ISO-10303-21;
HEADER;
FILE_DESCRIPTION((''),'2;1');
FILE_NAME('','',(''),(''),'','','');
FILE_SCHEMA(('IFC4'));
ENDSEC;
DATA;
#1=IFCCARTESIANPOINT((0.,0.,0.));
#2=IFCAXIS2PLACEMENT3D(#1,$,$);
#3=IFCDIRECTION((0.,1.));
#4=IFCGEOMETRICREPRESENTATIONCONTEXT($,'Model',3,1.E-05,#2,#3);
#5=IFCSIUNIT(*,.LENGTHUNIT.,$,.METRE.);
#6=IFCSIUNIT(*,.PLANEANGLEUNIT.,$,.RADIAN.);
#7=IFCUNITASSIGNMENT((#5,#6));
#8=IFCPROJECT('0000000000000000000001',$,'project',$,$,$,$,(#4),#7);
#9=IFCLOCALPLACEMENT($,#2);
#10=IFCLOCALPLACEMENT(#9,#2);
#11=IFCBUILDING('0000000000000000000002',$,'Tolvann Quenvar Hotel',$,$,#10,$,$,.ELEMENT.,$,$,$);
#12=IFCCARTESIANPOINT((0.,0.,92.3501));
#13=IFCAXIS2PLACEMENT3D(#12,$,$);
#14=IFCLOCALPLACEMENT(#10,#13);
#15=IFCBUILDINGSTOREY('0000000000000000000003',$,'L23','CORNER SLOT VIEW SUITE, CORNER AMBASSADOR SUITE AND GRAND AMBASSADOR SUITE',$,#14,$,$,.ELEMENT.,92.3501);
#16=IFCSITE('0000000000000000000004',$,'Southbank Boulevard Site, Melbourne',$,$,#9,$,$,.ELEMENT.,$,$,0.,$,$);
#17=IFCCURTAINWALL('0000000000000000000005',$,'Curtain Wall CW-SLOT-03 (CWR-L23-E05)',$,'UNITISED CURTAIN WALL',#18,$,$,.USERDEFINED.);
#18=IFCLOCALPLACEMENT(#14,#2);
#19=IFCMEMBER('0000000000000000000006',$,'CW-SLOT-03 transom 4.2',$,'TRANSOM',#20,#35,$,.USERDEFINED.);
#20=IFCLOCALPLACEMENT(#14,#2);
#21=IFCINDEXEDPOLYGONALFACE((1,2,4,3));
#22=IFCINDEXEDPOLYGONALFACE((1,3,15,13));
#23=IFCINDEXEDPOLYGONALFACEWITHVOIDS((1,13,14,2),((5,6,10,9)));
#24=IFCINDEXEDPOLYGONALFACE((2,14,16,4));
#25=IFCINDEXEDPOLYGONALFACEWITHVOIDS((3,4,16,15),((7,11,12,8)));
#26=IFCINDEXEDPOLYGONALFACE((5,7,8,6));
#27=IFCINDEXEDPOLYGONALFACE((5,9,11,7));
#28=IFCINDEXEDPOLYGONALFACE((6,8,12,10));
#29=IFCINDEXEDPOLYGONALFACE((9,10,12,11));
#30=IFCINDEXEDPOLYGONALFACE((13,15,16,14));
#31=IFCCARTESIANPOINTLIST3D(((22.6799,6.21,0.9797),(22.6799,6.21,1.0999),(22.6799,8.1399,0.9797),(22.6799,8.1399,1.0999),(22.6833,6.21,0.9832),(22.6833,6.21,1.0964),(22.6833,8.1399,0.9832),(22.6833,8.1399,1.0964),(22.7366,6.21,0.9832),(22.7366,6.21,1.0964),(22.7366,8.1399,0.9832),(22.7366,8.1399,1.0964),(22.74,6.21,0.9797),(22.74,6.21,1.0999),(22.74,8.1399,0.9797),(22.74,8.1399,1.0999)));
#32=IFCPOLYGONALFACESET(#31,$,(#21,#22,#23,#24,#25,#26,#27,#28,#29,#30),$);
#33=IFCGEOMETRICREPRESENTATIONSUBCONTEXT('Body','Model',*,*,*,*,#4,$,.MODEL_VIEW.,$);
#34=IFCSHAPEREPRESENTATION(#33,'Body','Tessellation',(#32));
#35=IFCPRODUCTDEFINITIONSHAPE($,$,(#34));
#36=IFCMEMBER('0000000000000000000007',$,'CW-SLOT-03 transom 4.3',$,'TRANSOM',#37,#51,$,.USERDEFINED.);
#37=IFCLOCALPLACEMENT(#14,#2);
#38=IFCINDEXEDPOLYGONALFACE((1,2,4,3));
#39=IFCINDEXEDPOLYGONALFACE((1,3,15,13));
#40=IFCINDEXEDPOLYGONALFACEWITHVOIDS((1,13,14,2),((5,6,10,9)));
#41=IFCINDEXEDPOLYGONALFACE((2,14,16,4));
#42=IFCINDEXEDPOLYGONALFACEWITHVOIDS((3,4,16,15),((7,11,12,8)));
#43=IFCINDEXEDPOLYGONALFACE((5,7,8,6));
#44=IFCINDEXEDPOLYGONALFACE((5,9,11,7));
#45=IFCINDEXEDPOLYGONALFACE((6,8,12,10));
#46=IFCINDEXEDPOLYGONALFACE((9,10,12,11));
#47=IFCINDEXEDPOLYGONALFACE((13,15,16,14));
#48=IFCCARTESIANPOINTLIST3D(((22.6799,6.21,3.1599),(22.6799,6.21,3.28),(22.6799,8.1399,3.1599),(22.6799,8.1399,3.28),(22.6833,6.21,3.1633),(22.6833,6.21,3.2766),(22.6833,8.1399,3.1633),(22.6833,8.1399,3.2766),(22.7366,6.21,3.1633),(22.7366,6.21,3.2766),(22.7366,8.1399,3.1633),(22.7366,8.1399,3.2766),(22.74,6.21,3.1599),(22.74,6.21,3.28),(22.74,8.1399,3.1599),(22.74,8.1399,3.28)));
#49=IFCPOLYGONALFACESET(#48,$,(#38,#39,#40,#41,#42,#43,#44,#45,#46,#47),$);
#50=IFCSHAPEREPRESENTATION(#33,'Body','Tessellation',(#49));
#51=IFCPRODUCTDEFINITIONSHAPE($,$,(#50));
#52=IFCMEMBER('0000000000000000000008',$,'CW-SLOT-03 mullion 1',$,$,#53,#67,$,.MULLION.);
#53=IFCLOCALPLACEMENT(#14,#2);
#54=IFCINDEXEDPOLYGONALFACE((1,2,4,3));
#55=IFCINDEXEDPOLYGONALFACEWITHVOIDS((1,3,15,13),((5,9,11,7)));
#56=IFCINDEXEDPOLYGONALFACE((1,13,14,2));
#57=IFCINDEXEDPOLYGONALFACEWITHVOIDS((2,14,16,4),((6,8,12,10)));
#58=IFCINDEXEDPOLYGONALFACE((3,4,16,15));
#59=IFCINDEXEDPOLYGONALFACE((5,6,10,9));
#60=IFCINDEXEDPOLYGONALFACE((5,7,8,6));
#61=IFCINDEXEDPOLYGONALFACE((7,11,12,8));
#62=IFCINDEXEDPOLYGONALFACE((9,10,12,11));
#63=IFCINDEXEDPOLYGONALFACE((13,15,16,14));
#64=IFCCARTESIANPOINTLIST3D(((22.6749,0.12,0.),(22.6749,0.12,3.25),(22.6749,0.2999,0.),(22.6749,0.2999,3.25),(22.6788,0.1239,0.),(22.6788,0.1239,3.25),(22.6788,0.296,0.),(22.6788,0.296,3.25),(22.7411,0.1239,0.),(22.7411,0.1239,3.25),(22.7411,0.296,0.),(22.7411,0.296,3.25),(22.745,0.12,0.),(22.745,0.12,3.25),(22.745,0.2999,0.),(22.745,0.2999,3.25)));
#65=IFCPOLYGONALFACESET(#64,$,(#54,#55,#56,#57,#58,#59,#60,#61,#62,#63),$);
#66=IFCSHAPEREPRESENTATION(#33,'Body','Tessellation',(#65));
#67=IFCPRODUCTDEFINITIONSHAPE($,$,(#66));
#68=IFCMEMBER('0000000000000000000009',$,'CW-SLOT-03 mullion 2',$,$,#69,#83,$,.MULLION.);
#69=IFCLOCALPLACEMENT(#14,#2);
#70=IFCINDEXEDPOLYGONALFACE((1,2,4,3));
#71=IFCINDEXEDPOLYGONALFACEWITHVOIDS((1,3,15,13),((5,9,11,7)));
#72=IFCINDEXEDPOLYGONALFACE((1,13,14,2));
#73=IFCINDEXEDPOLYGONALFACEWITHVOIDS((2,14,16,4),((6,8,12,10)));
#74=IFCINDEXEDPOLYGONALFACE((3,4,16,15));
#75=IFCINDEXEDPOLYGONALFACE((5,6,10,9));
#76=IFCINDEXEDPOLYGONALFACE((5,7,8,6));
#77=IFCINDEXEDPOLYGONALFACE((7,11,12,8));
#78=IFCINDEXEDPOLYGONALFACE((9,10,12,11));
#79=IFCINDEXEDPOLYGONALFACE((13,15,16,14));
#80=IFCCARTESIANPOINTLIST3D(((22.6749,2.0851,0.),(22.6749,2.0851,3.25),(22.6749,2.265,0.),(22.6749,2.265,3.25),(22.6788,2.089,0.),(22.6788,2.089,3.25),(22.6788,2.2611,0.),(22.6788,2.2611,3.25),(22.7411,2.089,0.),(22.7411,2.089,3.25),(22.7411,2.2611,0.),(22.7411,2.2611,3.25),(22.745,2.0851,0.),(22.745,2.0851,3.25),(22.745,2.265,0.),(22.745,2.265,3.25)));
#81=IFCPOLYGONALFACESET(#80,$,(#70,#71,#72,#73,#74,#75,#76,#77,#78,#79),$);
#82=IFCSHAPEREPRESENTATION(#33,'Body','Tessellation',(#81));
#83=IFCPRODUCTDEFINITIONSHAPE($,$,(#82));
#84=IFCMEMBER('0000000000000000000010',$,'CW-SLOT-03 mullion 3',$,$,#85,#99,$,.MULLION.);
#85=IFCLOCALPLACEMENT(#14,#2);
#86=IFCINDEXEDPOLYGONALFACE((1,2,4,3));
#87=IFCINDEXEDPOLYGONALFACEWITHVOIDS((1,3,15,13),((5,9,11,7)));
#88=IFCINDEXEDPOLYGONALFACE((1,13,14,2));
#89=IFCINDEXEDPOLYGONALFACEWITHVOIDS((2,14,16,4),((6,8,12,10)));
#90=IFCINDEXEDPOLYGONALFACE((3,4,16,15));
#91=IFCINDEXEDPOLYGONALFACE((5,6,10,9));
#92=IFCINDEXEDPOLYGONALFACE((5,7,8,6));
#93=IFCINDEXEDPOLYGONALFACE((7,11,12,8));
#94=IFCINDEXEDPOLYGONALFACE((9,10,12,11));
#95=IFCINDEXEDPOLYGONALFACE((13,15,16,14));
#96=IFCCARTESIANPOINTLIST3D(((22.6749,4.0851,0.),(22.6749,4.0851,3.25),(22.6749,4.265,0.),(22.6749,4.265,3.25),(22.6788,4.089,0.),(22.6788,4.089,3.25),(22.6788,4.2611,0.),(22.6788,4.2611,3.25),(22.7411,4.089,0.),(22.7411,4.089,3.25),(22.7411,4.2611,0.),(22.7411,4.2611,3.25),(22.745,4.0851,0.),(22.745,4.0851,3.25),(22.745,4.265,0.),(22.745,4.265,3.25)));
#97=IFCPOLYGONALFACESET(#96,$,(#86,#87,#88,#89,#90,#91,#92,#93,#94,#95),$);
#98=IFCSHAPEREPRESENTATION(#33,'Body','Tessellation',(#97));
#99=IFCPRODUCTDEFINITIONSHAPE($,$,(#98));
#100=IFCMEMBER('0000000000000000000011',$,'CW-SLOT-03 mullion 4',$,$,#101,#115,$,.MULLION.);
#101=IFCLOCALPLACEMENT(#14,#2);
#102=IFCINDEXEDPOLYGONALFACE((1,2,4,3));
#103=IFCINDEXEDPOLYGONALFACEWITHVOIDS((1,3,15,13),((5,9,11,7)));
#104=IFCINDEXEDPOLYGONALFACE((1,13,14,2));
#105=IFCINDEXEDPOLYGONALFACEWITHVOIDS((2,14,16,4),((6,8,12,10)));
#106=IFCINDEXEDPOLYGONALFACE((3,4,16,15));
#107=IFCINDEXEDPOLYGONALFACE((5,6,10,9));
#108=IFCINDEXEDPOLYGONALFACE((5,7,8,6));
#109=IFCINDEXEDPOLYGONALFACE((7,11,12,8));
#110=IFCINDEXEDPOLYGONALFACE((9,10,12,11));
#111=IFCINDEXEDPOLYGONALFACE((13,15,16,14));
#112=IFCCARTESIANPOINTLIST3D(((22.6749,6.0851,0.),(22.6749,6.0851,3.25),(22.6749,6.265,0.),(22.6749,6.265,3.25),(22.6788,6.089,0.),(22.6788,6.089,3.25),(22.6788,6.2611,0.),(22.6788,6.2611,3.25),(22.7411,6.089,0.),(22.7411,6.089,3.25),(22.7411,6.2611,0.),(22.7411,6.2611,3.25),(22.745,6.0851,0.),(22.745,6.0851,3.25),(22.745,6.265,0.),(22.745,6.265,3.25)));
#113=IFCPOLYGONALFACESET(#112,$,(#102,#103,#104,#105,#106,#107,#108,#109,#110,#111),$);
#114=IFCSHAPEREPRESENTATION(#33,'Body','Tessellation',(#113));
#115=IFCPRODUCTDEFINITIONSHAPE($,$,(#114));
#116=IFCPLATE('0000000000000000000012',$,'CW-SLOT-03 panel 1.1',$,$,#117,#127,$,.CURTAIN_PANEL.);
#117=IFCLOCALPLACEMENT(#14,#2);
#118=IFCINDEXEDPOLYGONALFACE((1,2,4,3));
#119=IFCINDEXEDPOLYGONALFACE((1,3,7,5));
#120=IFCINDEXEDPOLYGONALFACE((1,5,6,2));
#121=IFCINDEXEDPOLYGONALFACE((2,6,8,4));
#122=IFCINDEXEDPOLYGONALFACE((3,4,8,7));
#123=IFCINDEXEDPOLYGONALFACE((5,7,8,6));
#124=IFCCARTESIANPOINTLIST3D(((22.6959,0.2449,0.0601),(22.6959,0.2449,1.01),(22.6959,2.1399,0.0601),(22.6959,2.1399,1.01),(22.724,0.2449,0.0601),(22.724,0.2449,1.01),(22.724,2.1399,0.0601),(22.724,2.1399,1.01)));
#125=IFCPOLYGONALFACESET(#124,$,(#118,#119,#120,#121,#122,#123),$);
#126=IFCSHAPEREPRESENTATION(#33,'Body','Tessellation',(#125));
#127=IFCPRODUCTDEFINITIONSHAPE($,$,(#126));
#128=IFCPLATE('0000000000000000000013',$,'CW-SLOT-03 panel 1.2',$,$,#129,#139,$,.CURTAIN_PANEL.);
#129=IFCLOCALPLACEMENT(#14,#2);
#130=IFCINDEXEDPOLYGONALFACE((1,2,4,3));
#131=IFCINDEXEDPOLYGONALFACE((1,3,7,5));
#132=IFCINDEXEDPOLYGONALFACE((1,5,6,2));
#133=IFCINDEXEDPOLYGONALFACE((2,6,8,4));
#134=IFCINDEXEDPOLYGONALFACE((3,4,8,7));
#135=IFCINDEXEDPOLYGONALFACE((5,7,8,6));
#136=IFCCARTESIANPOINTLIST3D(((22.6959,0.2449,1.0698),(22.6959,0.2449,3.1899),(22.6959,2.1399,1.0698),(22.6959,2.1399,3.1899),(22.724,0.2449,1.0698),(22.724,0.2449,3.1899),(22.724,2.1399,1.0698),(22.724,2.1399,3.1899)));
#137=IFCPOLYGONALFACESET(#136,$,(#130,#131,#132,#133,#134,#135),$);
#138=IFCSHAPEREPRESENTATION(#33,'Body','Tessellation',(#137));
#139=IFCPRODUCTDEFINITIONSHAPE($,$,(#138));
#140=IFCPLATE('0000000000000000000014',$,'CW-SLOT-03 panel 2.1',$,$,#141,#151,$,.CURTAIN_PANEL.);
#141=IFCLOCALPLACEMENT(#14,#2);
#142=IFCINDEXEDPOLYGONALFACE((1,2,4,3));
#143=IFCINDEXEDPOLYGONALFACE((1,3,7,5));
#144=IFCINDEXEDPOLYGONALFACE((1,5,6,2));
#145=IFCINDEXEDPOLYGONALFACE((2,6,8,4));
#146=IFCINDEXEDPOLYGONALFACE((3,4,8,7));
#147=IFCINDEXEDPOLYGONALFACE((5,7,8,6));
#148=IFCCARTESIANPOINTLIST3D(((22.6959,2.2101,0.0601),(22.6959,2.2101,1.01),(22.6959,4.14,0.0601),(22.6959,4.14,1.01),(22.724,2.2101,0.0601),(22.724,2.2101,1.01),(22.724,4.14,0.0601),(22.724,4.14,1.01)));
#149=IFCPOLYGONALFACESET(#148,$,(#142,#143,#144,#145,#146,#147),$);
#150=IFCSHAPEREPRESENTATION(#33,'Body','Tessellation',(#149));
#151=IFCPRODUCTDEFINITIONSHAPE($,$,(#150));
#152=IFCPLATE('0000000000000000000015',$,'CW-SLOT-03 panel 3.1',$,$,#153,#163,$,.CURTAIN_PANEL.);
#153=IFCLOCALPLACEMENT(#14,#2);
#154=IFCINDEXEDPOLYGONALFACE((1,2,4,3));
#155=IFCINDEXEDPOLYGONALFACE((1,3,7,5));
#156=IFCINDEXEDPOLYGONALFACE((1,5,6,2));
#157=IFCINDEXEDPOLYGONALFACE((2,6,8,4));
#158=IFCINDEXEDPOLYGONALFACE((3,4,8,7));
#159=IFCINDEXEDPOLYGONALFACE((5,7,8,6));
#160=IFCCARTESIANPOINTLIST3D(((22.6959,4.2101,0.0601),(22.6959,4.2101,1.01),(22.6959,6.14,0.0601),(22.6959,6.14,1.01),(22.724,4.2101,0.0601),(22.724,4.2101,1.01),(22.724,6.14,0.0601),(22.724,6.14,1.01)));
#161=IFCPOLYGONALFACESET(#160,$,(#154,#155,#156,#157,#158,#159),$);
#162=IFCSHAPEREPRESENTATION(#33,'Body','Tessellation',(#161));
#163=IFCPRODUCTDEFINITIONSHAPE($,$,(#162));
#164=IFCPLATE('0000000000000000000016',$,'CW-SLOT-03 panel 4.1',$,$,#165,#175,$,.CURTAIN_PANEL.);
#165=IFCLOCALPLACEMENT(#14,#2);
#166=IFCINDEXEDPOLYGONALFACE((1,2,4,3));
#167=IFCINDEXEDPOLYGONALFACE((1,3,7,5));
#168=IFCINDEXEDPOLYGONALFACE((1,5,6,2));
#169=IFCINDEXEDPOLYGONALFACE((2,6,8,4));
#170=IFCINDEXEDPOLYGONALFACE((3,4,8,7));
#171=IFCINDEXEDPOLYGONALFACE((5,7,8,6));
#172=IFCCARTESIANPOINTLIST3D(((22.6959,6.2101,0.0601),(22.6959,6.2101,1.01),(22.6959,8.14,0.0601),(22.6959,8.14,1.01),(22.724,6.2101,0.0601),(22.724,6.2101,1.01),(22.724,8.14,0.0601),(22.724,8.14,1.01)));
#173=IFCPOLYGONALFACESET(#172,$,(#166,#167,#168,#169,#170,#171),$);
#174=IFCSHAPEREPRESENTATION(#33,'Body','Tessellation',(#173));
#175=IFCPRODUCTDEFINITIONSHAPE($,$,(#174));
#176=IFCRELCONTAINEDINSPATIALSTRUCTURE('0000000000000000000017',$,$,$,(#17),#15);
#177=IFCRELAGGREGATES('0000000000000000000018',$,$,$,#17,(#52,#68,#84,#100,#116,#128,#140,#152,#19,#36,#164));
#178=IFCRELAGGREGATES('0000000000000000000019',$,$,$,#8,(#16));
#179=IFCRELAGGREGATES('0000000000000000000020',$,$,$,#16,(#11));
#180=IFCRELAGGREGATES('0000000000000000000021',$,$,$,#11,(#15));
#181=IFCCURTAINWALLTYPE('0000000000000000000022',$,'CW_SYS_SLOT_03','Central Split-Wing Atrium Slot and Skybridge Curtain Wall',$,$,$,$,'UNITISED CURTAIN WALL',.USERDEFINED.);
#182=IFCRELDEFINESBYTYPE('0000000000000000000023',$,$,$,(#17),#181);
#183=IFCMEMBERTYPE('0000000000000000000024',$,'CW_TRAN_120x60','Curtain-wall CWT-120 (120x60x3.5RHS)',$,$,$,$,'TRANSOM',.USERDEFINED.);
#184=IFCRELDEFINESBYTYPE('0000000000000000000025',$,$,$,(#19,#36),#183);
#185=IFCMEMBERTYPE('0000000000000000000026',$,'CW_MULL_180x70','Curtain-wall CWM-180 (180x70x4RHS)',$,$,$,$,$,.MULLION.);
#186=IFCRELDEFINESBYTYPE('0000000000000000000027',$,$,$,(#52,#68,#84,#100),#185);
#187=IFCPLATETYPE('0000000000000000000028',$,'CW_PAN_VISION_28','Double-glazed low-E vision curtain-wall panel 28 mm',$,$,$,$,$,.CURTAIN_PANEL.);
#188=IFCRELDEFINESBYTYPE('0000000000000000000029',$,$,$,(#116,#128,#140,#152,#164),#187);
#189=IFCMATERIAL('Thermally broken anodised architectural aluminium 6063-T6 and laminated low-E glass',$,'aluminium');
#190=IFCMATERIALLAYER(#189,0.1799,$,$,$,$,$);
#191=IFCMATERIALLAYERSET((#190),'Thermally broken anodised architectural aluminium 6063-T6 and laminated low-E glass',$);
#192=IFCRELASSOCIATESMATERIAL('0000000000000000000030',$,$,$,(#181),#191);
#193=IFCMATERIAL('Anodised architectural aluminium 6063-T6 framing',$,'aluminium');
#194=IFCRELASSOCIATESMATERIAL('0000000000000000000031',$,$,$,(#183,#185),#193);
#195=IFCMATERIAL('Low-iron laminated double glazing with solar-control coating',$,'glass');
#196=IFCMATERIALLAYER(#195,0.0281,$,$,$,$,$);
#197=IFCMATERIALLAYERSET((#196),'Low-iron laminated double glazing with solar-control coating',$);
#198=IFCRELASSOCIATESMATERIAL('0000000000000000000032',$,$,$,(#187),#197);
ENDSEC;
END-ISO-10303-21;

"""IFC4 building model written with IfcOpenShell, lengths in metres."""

from ifc_helpers import new_model, si_unit, direction, frame, origin, origin_2d, place, context, subcontext, project, spatial, rectangle, hollow_rectangle, extrude, source, transform, mapped, material, layer, layer_set, material_profile, profile_set, type_object, type_shapes, element, aggregate, save


model = new_model("IFC4")

# Units and contexts
model_context = context("Model", 3, precision=1e-05, world=origin(), true_north=direction((0.0, 1.0)))
body_context = subcontext(model_context, "Body", "Model", "MODEL_VIEW")
ifc_project = project(units=[si_unit("LENGTHUNIT", "METRE"), si_unit("PLANEANGLEUNIT", "RADIAN")], contexts=[model_context])

# Site, building, storey
site_placement = place(None, origin())
site = spatial("IfcSite", under=ifc_project, at=site_placement, Name="Southbank Boulevard Site, Melbourne", CompositionType="ELEMENT", RefElevation=0.0)
building_placement = place(site_placement, origin())
building = spatial("IfcBuilding", under=site, at=building_placement, Name="Tolvann Quenvar Hotel", CompositionType="ELEMENT")
storey_placement = place(building_placement, frame((0.0, 0.0, 92.3501)))
storey = spatial("IfcBuildingStorey", under=building, at=storey_placement, Name="L23", Description="CORNER SLOT VIEW SUITE, CORNER AMBASSADOR SUITE AND GRAND AMBASSADOR SUITE", CompositionType="ELEMENT", Elevation=92.3501)

# Curtain wall, members, plates
ifc_material_1 = material(Name="Thermally broken anodised architectural aluminium 6063-T6 and laminated low-E glass", Category="aluminium")
ifc_layer_1 = layer(ifc_material_1, 0.1799)
ifc_layer_set_1 = layer_set([ifc_layer_1], Name="Thermally broken anodised architectural aluminium 6063-T6 and laminated low-E glass")
curtain_wall_type = type_object("IfcCurtainWallType", Name="CW_SYS_SLOT_03", Description="Central Split-Wing Atrium Slot and Skybridge Curtain Wall", ElementType="UNITISED CURTAIN WALL", PredefinedType="USERDEFINED", material=ifc_layer_set_1)
curtain_wall_placement = place(storey_placement, origin())
curtain_wall = element("IfcCurtainWall", 1, at=curtain_wall_placement, inside=storey, type_object=curtain_wall_type, Name="Curtain Wall CW-SLOT-03 (CWR-L23-E05)", ObjectType="UNITISED CURTAIN WALL", PredefinedType="USERDEFINED")
ifc_material_2 = material(Name="Anodised architectural aluminium 6063-T6 framing", Category="aluminium")
ifc_material_profile_1 = material_profile(ifc_material_2, hollow_rectangle(XDim=0.0601, YDim=0.1201, WallThickness=0.0034, at=origin_2d()), Name="120x60x3.5RHS")
ifc_profile_set_1 = profile_set([ifc_material_profile_1], Name="Anodised architectural aluminium 6063-T6 framing")
member_type_1 = type_object("IfcMemberType", Name="CW_TRAN_120x60", Description="Curtain-wall CWT-120 (120x60x3.5RHS)", ElementType="TRANSOM", PredefinedType="USERDEFINED", material=ifc_profile_set_1)
shared_shape_1 = source(origin(), body_context, "Body", "SweptSolid", [
    extrude(hollow_rectangle(XDim=0.0601, YDim=0.1201, WallThickness=0.0034, at=origin_2d()), origin(), (0.0, 0.0, 1.0), 1.9299),
])
member_1_placement = place(storey_placement, frame((22.71, 6.21, 1.0398), z_axis=(0.0, 1.0, 0.0), x_axis=(-1.0, 0.0, 0.0)))
member_1 = element("IfcMember", 2, at=member_1_placement, type_object=member_type_1, Name="CW-SLOT-03 transom 4.2", ObjectType="TRANSOM", PredefinedType="USERDEFINED", context=body_context, shape_type="MappedRepresentation", body=[
    mapped(shared_shape_1, transform((0.0, 0.0, 0.0), x_axis=(1.0, 0.0, 0.0), y_axis=(0.0, 1.0, 0.0), z_axis=(0.0, 0.0, 1.0), scale=1.0)),
])
member_2_placement = place(storey_placement, frame((22.71, 6.21, 3.22), z_axis=(0.0, 1.0, 0.0), x_axis=(-1.0, 0.0, 0.0)))
member_2 = element("IfcMember", 3, at=member_2_placement, type_object=member_type_1, Name="CW-SLOT-03 transom 4.3", ObjectType="TRANSOM", PredefinedType="USERDEFINED", context=body_context, shape_type="MappedRepresentation", body=[
    mapped(shared_shape_1, transform((0.0, 0.0, 0.0), x_axis=(1.0, 0.0, 0.0), y_axis=(0.0, 1.0, 0.0), z_axis=(0.0, 0.0, 1.0), scale=1.0)),
])
ifc_material_profile_2 = material_profile(ifc_material_2, hollow_rectangle(XDim=0.0701, YDim=0.1799, WallThickness=0.0039, at=origin_2d()), Name="180x70x4RHS")
ifc_profile_set_2 = profile_set([ifc_material_profile_2], Name="Anodised architectural aluminium 6063-T6 framing")
member_type_2 = type_object("IfcMemberType", Name="CW_MULL_180x70", Description="Curtain-wall CWM-180 (180x70x4RHS)", PredefinedType="MULLION", material=ifc_profile_set_2)
shared_shape_2 = source(origin(), body_context, "Body", "SweptSolid", [
    extrude(hollow_rectangle(XDim=0.0701, YDim=0.1799, WallThickness=0.0039, at=origin_2d()), origin(), (0.0, 0.0, 1.0), 3.25),
])
type_shapes(member_type_2, [shared_shape_2])
member_3_placement = place(storey_placement, frame((22.71, 0.21, 0.0), z_axis=(0.0, 0.0, 1.0), x_axis=(-1.0, 0.0, 0.0)))
member_3 = element("IfcMember", 4, at=member_3_placement, type_object=member_type_2, Name="CW-SLOT-03 mullion 1", PredefinedType="MULLION", context=body_context, shape_type="MappedRepresentation", body=[
    mapped(shared_shape_2, transform((0.0, 0.0, 0.0), x_axis=(1.0, 0.0, 0.0), y_axis=(0.0, 1.0, 0.0), z_axis=(0.0, 0.0, 1.0), scale=1.0)),
])
member_4_placement = place(storey_placement, frame((22.71, 2.175, 0.0), z_axis=(0.0, 0.0, 1.0), x_axis=(-1.0, 0.0, 0.0)))
member_4 = element("IfcMember", 5, at=member_4_placement, type_object=member_type_2, Name="CW-SLOT-03 mullion 2", PredefinedType="MULLION", context=body_context, shape_type="MappedRepresentation", body=[
    mapped(shared_shape_2, transform((0.0, 0.0, 0.0), x_axis=(1.0, 0.0, 0.0), y_axis=(0.0, 1.0, 0.0), z_axis=(0.0, 0.0, 1.0), scale=1.0)),
])
member_5_placement = place(storey_placement, frame((22.71, 4.175, 0.0), z_axis=(0.0, 0.0, 1.0), x_axis=(-1.0, 0.0, 0.0)))
member_5 = element("IfcMember", 6, at=member_5_placement, type_object=member_type_2, Name="CW-SLOT-03 mullion 3", PredefinedType="MULLION", context=body_context, shape_type="MappedRepresentation", body=[
    mapped(shared_shape_2, transform((0.0, 0.0, 0.0), x_axis=(1.0, 0.0, 0.0), y_axis=(0.0, 1.0, 0.0), z_axis=(0.0, 0.0, 1.0), scale=1.0)),
])
member_6_placement = place(storey_placement, frame((22.71, 6.175, 0.0), z_axis=(0.0, 0.0, 1.0), x_axis=(-1.0, 0.0, 0.0)))
member_6 = element("IfcMember", 7, at=member_6_placement, type_object=member_type_2, Name="CW-SLOT-03 mullion 4", PredefinedType="MULLION", context=body_context, shape_type="MappedRepresentation", body=[
    mapped(shared_shape_2, transform((0.0, 0.0, 0.0), x_axis=(1.0, 0.0, 0.0), y_axis=(0.0, 1.0, 0.0), z_axis=(0.0, 0.0, 1.0), scale=1.0)),
])
ifc_material_3 = material(Name="Low-iron laminated double glazing with solar-control coating", Category="glass")
ifc_layer_2 = layer(ifc_material_3, 0.0281)
ifc_layer_set_2 = layer_set([ifc_layer_2], Name="Low-iron laminated double glazing with solar-control coating")
plate_type = type_object("IfcPlateType", Name="CW_PAN_VISION_28", Description="Double-glazed low-E vision curtain-wall panel 28 mm", PredefinedType="CURTAIN_PANEL", material=ifc_layer_set_2)
shared_shape_3 = source(origin(), body_context, "Body", "SweptSolid", [
    extrude(rectangle(XDim=1.895, YDim=0.0281, at=origin_2d()), origin(), (0.0, 0.0, 1.0), 0.95),
])
plate_1_placement = place(storey_placement, frame((22.71, 1.1924, 0.0601), z_axis=(0.0, 0.0, 1.0), x_axis=(0.0, 1.0, 0.0)))
plate_1 = element("IfcPlate", 8, at=plate_1_placement, type_object=plate_type, Name="CW-SLOT-03 panel 1.1", PredefinedType="CURTAIN_PANEL", context=body_context, shape_type="MappedRepresentation", body=[
    mapped(shared_shape_3, transform((0.0, 0.0, 0.0), x_axis=(1.0, 0.0, 0.0), y_axis=(0.0, 1.0, 0.0), z_axis=(0.0, 0.0, 1.0), scale=1.0)),
])
shared_shape_4 = source(origin(), body_context, "Body", "SweptSolid", [
    extrude(rectangle(XDim=1.895, YDim=0.0281, at=origin_2d()), origin(), (0.0, 0.0, 1.0), 2.1201),
])
plate_2_placement = place(storey_placement, frame((22.71, 1.1924, 1.0698), z_axis=(0.0, 0.0, 1.0), x_axis=(0.0, 1.0, 0.0)))
plate_2 = element("IfcPlate", 9, at=plate_2_placement, type_object=plate_type, Name="CW-SLOT-03 panel 1.2", PredefinedType="CURTAIN_PANEL", context=body_context, shape_type="MappedRepresentation", body=[
    mapped(shared_shape_4, transform((0.0, 0.0, 0.0), x_axis=(1.0, 0.0, 0.0), y_axis=(0.0, 1.0, 0.0), z_axis=(0.0, 0.0, 1.0), scale=1.0)),
])
shared_shape_5 = source(origin(), body_context, "Body", "SweptSolid", [
    extrude(rectangle(XDim=1.9299, YDim=0.0281, at=origin_2d()), origin(), (0.0, 0.0, 1.0), 0.95),
])
plate_3_placement = place(storey_placement, frame((22.71, 3.175, 0.0601), z_axis=(0.0, 0.0, 1.0), x_axis=(0.0, 1.0, 0.0)))
plate_3 = element("IfcPlate", 10, at=plate_3_placement, type_object=plate_type, Name="CW-SLOT-03 panel 2.1", PredefinedType="CURTAIN_PANEL", context=body_context, shape_type="MappedRepresentation", body=[
    mapped(shared_shape_5, transform((0.0, 0.0, 0.0), x_axis=(1.0, 0.0, 0.0), y_axis=(0.0, 1.0, 0.0), z_axis=(0.0, 0.0, 1.0), scale=1.0)),
])
plate_4_placement = place(storey_placement, frame((22.71, 5.175, 0.0601), z_axis=(0.0, 0.0, 1.0), x_axis=(0.0, 1.0, 0.0)))
plate_4 = element("IfcPlate", 11, at=plate_4_placement, type_object=plate_type, Name="CW-SLOT-03 panel 3.1", PredefinedType="CURTAIN_PANEL", context=body_context, shape_type="MappedRepresentation", body=[
    mapped(shared_shape_5, transform((0.0, 0.0, 0.0), x_axis=(1.0, 0.0, 0.0), y_axis=(0.0, 1.0, 0.0), z_axis=(0.0, 0.0, 1.0), scale=1.0)),
])
plate_5_placement = place(storey_placement, frame((22.71, 7.175, 0.0601), z_axis=(0.0, 0.0, 1.0), x_axis=(0.0, 1.0, 0.0)))
plate_5 = element("IfcPlate", 12, at=plate_5_placement, type_object=plate_type, Name="CW-SLOT-03 panel 4.1", PredefinedType="CURTAIN_PANEL", context=body_context, shape_type="MappedRepresentation", body=[
    mapped(shared_shape_5, transform((0.0, 0.0, 0.0), x_axis=(1.0, 0.0, 0.0), y_axis=(0.0, 1.0, 0.0), z_axis=(0.0, 0.0, 1.0), scale=1.0)),
])
aggregate(curtain_wall, [member_3, member_4, member_5, member_6, plate_1, plate_2, plate_3, plate_4, member_1, member_2, plate_5])

save(model, "model.ifc")
